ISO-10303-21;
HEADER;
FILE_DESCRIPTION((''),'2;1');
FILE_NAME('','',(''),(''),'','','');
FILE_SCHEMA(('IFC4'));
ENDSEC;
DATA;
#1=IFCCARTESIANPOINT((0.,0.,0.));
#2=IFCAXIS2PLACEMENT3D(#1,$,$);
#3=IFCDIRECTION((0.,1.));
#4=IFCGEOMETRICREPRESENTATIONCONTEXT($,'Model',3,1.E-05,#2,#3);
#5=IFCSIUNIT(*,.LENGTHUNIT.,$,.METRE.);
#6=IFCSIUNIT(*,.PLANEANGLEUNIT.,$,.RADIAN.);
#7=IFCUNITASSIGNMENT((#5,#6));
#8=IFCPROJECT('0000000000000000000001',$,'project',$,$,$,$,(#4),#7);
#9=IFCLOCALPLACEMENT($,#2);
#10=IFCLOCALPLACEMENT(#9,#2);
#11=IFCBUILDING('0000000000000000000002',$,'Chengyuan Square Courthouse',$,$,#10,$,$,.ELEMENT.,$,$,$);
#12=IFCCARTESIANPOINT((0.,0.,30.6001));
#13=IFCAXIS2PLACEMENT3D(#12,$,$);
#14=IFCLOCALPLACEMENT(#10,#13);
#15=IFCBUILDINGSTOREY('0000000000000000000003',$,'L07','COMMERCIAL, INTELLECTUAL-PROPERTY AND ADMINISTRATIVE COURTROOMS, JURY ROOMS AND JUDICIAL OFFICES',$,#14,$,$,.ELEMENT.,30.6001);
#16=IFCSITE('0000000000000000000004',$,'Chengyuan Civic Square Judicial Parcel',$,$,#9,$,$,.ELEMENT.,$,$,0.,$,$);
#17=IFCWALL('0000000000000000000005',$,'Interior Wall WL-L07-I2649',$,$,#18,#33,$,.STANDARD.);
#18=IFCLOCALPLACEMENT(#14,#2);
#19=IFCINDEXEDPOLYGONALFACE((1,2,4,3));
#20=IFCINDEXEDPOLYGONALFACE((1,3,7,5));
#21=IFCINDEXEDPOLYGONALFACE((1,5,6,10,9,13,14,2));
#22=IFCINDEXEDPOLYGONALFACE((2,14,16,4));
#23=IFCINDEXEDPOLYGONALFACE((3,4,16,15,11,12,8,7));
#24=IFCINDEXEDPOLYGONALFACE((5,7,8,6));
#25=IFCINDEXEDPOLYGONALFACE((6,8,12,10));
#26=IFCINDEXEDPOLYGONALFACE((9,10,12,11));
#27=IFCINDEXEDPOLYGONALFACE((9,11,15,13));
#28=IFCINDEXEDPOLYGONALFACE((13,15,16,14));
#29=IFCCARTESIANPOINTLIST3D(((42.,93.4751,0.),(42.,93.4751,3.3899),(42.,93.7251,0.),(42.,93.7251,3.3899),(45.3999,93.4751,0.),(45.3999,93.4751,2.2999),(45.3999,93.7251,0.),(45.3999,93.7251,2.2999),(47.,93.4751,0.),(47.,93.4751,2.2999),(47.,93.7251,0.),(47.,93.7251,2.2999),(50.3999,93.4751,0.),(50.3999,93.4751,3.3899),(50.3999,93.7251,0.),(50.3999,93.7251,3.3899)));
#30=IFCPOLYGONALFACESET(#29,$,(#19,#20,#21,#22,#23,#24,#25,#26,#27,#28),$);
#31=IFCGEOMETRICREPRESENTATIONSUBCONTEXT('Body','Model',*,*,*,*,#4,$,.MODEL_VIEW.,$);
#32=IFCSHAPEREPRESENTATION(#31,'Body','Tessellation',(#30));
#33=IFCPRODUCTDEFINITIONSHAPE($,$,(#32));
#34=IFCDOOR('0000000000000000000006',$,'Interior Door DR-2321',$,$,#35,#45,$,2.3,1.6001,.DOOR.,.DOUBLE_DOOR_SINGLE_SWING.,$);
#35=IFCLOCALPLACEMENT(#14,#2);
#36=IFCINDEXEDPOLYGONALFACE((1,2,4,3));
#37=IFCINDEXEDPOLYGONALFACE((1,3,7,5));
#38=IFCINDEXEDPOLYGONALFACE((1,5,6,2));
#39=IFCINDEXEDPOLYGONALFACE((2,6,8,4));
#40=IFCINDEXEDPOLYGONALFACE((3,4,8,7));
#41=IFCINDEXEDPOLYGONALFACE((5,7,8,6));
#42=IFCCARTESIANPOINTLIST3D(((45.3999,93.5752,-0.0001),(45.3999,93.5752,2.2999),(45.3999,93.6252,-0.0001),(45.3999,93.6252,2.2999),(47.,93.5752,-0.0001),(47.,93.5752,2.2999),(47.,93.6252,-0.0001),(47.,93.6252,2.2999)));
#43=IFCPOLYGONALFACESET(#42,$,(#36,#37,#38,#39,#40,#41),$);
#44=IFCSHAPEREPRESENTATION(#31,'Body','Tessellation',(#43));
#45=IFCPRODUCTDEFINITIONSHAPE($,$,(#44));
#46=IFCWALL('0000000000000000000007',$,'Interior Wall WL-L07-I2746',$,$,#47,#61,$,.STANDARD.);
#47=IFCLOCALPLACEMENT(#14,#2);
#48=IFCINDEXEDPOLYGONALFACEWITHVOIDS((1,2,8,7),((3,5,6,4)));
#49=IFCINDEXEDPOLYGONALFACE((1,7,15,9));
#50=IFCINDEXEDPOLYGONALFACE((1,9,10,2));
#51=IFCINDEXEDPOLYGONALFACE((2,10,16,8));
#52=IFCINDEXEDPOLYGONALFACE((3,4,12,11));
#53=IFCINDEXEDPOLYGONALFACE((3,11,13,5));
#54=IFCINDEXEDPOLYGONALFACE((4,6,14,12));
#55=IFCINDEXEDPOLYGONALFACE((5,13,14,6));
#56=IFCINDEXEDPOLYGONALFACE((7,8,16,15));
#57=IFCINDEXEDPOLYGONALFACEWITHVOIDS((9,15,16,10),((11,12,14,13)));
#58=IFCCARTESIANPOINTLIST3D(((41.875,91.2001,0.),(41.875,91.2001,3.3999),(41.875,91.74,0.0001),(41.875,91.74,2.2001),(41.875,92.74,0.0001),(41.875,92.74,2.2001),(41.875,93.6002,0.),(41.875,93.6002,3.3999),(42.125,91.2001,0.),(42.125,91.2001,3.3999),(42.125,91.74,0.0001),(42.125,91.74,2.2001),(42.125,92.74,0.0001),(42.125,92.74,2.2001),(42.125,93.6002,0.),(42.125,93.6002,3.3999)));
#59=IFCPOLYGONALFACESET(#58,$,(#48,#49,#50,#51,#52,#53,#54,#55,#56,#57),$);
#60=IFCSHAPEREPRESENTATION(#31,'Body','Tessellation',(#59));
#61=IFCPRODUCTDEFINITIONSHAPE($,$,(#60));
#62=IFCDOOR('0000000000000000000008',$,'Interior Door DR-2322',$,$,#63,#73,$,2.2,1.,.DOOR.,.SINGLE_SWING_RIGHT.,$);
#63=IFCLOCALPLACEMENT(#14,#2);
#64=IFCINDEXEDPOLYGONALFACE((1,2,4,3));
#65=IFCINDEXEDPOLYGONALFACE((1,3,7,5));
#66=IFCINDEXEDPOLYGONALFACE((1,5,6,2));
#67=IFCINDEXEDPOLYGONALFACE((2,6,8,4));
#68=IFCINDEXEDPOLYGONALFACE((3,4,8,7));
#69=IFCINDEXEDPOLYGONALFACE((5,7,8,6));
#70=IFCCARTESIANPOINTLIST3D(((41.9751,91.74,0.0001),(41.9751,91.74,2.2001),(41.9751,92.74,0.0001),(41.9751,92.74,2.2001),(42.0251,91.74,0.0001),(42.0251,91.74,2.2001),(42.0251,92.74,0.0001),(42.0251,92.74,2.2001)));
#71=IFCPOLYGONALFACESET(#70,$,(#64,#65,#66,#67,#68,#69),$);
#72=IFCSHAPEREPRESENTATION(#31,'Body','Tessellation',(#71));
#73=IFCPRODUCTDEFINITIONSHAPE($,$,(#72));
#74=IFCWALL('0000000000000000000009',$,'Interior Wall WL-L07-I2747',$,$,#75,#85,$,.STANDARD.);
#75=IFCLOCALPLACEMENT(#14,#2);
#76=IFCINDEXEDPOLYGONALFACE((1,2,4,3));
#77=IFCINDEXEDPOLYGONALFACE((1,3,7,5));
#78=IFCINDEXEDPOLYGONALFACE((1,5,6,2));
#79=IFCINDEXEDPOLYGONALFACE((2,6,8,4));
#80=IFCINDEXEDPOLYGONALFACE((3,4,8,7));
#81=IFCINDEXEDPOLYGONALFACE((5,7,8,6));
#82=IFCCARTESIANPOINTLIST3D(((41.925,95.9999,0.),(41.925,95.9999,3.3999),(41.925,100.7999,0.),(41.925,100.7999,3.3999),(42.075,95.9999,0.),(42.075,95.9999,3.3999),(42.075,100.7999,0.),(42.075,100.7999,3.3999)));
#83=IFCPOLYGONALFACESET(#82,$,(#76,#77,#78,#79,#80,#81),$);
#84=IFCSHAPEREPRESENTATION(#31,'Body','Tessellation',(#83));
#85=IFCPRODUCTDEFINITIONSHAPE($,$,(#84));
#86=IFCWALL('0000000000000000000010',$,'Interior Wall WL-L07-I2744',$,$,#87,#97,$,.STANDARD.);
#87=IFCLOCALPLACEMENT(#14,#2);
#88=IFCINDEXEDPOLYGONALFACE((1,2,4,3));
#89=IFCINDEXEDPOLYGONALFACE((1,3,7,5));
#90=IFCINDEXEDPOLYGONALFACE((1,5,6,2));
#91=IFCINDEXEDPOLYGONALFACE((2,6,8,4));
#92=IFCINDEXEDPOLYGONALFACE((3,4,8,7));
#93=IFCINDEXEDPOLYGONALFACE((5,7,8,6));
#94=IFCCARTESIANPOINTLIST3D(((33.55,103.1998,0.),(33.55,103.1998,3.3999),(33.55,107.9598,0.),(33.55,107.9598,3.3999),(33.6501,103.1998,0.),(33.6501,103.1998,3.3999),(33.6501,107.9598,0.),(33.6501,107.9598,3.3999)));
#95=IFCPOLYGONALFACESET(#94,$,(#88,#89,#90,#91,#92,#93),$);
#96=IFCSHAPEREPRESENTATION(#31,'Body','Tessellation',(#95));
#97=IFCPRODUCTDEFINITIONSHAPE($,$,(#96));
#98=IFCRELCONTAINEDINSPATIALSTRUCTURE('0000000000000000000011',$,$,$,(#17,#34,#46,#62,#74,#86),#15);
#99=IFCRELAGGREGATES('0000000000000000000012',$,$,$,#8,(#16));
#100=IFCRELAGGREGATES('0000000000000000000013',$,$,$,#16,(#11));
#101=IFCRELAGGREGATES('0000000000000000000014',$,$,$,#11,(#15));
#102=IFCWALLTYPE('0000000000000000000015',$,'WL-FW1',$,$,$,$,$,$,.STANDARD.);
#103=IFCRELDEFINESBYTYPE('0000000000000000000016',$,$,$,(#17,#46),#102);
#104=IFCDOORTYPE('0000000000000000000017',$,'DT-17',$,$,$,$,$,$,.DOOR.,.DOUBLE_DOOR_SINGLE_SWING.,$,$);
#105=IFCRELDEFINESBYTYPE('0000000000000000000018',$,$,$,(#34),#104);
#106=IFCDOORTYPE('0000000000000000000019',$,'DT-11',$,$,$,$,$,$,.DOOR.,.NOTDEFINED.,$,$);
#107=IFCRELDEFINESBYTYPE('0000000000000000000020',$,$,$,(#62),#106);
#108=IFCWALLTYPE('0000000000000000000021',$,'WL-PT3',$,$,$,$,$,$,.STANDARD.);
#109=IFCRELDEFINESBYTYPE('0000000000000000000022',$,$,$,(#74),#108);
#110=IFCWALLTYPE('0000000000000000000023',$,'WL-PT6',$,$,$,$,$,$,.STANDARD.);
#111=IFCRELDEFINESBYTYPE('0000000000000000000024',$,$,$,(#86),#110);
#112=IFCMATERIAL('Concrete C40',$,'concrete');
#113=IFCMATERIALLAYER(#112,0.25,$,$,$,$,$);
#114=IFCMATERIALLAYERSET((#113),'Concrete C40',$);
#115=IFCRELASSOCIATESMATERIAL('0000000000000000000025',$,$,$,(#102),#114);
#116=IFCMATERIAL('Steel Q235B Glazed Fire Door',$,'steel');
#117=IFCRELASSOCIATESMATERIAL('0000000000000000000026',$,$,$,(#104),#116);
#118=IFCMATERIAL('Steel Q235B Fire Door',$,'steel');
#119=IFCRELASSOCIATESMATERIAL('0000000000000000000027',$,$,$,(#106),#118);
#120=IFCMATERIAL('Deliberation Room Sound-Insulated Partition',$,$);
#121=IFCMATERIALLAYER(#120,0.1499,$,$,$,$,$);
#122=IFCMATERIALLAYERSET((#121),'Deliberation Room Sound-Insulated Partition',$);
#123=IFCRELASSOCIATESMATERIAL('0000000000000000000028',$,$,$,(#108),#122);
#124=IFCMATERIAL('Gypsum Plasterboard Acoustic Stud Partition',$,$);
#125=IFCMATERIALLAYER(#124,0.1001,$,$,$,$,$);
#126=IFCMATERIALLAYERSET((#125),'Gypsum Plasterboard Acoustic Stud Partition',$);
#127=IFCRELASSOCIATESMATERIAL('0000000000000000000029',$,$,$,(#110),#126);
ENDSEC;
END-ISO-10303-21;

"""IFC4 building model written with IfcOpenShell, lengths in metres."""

from ifc_helpers import new_model, si_unit, direction, frame, frame_2d, origin, place, context, subcontext, project, spatial, rectangle, extrude, material, layer, layer_set, type_object, element, fill, save


model = new_model("IFC4")

# Units and contexts
model_context = context("Model", 3, precision=1e-05, world=origin(), true_north=direction((0.0, 1.0)))
body_context = subcontext(model_context, "Body", "Model", "MODEL_VIEW")
ifc_project = project(units=[si_unit("LENGTHUNIT", "METRE"), si_unit("PLANEANGLEUNIT", "RADIAN")], contexts=[model_context])

# Site, building, storey
site_placement = place(None, origin())
site = spatial("IfcSite", under=ifc_project, at=site_placement, Name="Chengyuan Civic Square Judicial Parcel", CompositionType="ELEMENT", RefElevation=0.0)
building_placement = place(site_placement, origin())
building = spatial("IfcBuilding", under=site, at=building_placement, Name="Chengyuan Square Courthouse", CompositionType="ELEMENT")
storey_placement = place(building_placement, frame((0.0, 0.0, 30.6001)))
storey = spatial("IfcBuildingStorey", under=building, at=storey_placement, Name="L07", Description="COMMERCIAL, INTELLECTUAL-PROPERTY AND ADMINISTRATIVE COURTROOMS, JURY ROOMS AND JUDICIAL OFFICES", CompositionType="ELEMENT", Elevation=30.6001)

# Shared definitions
ifc_material_1 = material(Name="Concrete C40", Category="concrete")

# Walls, openings, doors
ifc_layer_1 = layer(ifc_material_1, 0.25)
ifc_layer_set_1 = layer_set([ifc_layer_1], Name="Concrete C40")
wall_type_1 = type_object("IfcWallType", Name="WL-FW1", PredefinedType="STANDARD", material=ifc_layer_set_1)
wall_1_placement = place(storey_placement, frame((42.0, 93.6001, 0.0), z_axis=(0.0, 0.0, 1.0), x_axis=(1.0, 0.0, 0.0)))
wall_1 = element("IfcWall", 1, at=wall_1_placement, inside=storey, type_object=wall_type_1, Name="Interior Wall WL-L07-I2649", PredefinedType="STANDARD", context=body_context, shape_type="SweptSolid", body=[
    extrude(rectangle(XDim=8.3999, YDim=0.25, at=frame_2d((4.2, 0.0))), origin(), (0.0, 0.0, 1.0), 3.3899),
])
opening_1_placement = place(wall_1_placement, frame((3.3999, 0.0, 0.0)))
opening_1 = element("IfcOpeningElement", 2, at=opening_1_placement, cuts=wall_1, PredefinedType="OPENING", context=body_context, shape_type="SweptSolid", body=[
    extrude(rectangle(XDim=1.6001, YDim=2.3, at=frame_2d((0.8, 1.1499))), frame((0.0, 0.137, 0.0), z_axis=(0.0, -1.0, 0.0), x_axis=(1.0, 0.0, 0.0)), (0.0, 0.0, 1.0), 0.2739),
])
ifc_material_2 = material(Name="Steel Q235B Glazed Fire Door", Category="steel")
door_type_1 = type_object("IfcDoorType", Name="DT-17", OperationType="DOUBLE_DOOR_SINGLE_SWING", PredefinedType="DOOR", material=ifc_material_2)
door_1_placement = place(opening_1_placement, frame((1.6001, 0.0, 0.0), z_axis=(0.0, 0.0, 1.0), x_axis=(-1.0, 0.0, 0.0)))
door_1 = element("IfcDoor", 3, at=door_1_placement, inside=storey, type_object=door_type_1, Name="Interior Door DR-2321", OperationType="DOUBLE_DOOR_SINGLE_SWING", OverallHeight=2.3, OverallWidth=1.6001, PredefinedType="DOOR", context=body_context, shape_type="SweptSolid", body=[
    extrude(rectangle(XDim=1.6001, YDim=2.3, at=frame_2d((0.8, 1.1499))), frame((0.0, 0.0249, 0.0), z_axis=(0.0, -1.0, 0.0), x_axis=(1.0, 0.0, 0.0)), (0.0, 0.0, 1.0), 0.05),
])
fill(opening_1, door_1)
wall_2_placement = place(storey_placement, frame((42.0, 91.2, 0.0), z_axis=(0.0, 0.0, 1.0), x_axis=(0.0, 1.0, 0.0)))
wall_2 = element("IfcWall", 4, at=wall_2_placement, inside=storey, type_object=wall_type_1, Name="Interior Wall WL-L07-I2746", PredefinedType="STANDARD", context=body_context, shape_type="SweptSolid", body=[
    extrude(rectangle(XDim=2.4001, YDim=0.25, at=frame_2d((1.2002, 0.0))), origin(), (0.0, 0.0, 1.0), 3.3999),
])
opening_2_placement = place(wall_2_placement, frame((0.54, 0.0, 0.0)))
opening_2 = element("IfcOpeningElement", 5, at=opening_2_placement, cuts=wall_2, PredefinedType="OPENING", context=body_context, shape_type="SweptSolid", body=[
    extrude(rectangle(XDim=1.0, YDim=2.2, at=frame_2d((0.5, 1.1001))), frame((0.0, 0.137, 0.0), z_axis=(0.0, -1.0, 0.0), x_axis=(1.0, 0.0, 0.0)), (0.0, 0.0, 1.0), 0.2739),
])
ifc_material_3 = material(Name="Steel Q235B Fire Door", Category="steel")
door_type_2 = type_object("IfcDoorType", Name="DT-11", OperationType="NOTDEFINED", PredefinedType="DOOR", material=ifc_material_3)
door_2_placement = place(opening_2_placement, origin())
door_2 = element("IfcDoor", 6, at=door_2_placement, inside=storey, type_object=door_type_2, Name="Interior Door DR-2322", OperationType="SINGLE_SWING_RIGHT", OverallHeight=2.2, OverallWidth=1.0, PredefinedType="DOOR", context=body_context, shape_type="SweptSolid", body=[
    extrude(rectangle(XDim=1.0, YDim=2.2, at=frame_2d((0.5, 1.1001))), frame((0.0, 0.0249, 0.0), z_axis=(0.0, -1.0, 0.0), x_axis=(1.0, 0.0, 0.0)), (0.0, 0.0, 1.0), 0.05),
])
fill(opening_2, door_2)

# Walls
ifc_material_4 = material(Name="Deliberation Room Sound-Insulated Partition")
ifc_layer_2 = layer(ifc_material_4, 0.1499)
ifc_layer_set_2 = layer_set([ifc_layer_2], Name="Deliberation Room Sound-Insulated Partition")
wall_type_2 = type_object("IfcWallType", Name="WL-PT3", PredefinedType="STANDARD", material=ifc_layer_set_2)
wall_3_placement = place(storey_placement, frame((42.0, 96.0, 0.0), z_axis=(0.0, 0.0, 1.0), x_axis=(0.0, 1.0, 0.0)))
element("IfcWall", 7, at=wall_3_placement, inside=storey, type_object=wall_type_2, Name="Interior Wall WL-L07-I2747", PredefinedType="STANDARD", context=body_context, shape_type="SweptSolid", body=[
    extrude(rectangle(XDim=4.8, YDim=0.1499, at=frame_2d((2.3999, 0.0))), origin(), (0.0, 0.0, 1.0), 3.3999),
])
ifc_material_5 = material(Name="Gypsum Plasterboard Acoustic Stud Partition")
ifc_layer_3 = layer(ifc_material_5, 0.1001)
ifc_layer_set_3 = layer_set([ifc_layer_3], Name="Gypsum Plasterboard Acoustic Stud Partition")
wall_type_3 = type_object("IfcWallType", Name="WL-PT6", PredefinedType="STANDARD", material=ifc_layer_set_3)
wall_4_placement = place(storey_placement, frame((33.6001, 103.2, 0.0), z_axis=(0.0, 0.0, 1.0), x_axis=(0.0, 1.0, 0.0)))
element("IfcWall", 8, at=wall_4_placement, inside=storey, type_object=wall_type_3, Name="Interior Wall WL-L07-I2744", PredefinedType="STANDARD", context=body_context, shape_type="SweptSolid", body=[
    extrude(rectangle(XDim=4.76, YDim=0.1001, at=frame_2d((2.3799, 0.0))), origin(), (0.0, 0.0, 1.0), 3.3999),
])

save(model, "model.ifc")
